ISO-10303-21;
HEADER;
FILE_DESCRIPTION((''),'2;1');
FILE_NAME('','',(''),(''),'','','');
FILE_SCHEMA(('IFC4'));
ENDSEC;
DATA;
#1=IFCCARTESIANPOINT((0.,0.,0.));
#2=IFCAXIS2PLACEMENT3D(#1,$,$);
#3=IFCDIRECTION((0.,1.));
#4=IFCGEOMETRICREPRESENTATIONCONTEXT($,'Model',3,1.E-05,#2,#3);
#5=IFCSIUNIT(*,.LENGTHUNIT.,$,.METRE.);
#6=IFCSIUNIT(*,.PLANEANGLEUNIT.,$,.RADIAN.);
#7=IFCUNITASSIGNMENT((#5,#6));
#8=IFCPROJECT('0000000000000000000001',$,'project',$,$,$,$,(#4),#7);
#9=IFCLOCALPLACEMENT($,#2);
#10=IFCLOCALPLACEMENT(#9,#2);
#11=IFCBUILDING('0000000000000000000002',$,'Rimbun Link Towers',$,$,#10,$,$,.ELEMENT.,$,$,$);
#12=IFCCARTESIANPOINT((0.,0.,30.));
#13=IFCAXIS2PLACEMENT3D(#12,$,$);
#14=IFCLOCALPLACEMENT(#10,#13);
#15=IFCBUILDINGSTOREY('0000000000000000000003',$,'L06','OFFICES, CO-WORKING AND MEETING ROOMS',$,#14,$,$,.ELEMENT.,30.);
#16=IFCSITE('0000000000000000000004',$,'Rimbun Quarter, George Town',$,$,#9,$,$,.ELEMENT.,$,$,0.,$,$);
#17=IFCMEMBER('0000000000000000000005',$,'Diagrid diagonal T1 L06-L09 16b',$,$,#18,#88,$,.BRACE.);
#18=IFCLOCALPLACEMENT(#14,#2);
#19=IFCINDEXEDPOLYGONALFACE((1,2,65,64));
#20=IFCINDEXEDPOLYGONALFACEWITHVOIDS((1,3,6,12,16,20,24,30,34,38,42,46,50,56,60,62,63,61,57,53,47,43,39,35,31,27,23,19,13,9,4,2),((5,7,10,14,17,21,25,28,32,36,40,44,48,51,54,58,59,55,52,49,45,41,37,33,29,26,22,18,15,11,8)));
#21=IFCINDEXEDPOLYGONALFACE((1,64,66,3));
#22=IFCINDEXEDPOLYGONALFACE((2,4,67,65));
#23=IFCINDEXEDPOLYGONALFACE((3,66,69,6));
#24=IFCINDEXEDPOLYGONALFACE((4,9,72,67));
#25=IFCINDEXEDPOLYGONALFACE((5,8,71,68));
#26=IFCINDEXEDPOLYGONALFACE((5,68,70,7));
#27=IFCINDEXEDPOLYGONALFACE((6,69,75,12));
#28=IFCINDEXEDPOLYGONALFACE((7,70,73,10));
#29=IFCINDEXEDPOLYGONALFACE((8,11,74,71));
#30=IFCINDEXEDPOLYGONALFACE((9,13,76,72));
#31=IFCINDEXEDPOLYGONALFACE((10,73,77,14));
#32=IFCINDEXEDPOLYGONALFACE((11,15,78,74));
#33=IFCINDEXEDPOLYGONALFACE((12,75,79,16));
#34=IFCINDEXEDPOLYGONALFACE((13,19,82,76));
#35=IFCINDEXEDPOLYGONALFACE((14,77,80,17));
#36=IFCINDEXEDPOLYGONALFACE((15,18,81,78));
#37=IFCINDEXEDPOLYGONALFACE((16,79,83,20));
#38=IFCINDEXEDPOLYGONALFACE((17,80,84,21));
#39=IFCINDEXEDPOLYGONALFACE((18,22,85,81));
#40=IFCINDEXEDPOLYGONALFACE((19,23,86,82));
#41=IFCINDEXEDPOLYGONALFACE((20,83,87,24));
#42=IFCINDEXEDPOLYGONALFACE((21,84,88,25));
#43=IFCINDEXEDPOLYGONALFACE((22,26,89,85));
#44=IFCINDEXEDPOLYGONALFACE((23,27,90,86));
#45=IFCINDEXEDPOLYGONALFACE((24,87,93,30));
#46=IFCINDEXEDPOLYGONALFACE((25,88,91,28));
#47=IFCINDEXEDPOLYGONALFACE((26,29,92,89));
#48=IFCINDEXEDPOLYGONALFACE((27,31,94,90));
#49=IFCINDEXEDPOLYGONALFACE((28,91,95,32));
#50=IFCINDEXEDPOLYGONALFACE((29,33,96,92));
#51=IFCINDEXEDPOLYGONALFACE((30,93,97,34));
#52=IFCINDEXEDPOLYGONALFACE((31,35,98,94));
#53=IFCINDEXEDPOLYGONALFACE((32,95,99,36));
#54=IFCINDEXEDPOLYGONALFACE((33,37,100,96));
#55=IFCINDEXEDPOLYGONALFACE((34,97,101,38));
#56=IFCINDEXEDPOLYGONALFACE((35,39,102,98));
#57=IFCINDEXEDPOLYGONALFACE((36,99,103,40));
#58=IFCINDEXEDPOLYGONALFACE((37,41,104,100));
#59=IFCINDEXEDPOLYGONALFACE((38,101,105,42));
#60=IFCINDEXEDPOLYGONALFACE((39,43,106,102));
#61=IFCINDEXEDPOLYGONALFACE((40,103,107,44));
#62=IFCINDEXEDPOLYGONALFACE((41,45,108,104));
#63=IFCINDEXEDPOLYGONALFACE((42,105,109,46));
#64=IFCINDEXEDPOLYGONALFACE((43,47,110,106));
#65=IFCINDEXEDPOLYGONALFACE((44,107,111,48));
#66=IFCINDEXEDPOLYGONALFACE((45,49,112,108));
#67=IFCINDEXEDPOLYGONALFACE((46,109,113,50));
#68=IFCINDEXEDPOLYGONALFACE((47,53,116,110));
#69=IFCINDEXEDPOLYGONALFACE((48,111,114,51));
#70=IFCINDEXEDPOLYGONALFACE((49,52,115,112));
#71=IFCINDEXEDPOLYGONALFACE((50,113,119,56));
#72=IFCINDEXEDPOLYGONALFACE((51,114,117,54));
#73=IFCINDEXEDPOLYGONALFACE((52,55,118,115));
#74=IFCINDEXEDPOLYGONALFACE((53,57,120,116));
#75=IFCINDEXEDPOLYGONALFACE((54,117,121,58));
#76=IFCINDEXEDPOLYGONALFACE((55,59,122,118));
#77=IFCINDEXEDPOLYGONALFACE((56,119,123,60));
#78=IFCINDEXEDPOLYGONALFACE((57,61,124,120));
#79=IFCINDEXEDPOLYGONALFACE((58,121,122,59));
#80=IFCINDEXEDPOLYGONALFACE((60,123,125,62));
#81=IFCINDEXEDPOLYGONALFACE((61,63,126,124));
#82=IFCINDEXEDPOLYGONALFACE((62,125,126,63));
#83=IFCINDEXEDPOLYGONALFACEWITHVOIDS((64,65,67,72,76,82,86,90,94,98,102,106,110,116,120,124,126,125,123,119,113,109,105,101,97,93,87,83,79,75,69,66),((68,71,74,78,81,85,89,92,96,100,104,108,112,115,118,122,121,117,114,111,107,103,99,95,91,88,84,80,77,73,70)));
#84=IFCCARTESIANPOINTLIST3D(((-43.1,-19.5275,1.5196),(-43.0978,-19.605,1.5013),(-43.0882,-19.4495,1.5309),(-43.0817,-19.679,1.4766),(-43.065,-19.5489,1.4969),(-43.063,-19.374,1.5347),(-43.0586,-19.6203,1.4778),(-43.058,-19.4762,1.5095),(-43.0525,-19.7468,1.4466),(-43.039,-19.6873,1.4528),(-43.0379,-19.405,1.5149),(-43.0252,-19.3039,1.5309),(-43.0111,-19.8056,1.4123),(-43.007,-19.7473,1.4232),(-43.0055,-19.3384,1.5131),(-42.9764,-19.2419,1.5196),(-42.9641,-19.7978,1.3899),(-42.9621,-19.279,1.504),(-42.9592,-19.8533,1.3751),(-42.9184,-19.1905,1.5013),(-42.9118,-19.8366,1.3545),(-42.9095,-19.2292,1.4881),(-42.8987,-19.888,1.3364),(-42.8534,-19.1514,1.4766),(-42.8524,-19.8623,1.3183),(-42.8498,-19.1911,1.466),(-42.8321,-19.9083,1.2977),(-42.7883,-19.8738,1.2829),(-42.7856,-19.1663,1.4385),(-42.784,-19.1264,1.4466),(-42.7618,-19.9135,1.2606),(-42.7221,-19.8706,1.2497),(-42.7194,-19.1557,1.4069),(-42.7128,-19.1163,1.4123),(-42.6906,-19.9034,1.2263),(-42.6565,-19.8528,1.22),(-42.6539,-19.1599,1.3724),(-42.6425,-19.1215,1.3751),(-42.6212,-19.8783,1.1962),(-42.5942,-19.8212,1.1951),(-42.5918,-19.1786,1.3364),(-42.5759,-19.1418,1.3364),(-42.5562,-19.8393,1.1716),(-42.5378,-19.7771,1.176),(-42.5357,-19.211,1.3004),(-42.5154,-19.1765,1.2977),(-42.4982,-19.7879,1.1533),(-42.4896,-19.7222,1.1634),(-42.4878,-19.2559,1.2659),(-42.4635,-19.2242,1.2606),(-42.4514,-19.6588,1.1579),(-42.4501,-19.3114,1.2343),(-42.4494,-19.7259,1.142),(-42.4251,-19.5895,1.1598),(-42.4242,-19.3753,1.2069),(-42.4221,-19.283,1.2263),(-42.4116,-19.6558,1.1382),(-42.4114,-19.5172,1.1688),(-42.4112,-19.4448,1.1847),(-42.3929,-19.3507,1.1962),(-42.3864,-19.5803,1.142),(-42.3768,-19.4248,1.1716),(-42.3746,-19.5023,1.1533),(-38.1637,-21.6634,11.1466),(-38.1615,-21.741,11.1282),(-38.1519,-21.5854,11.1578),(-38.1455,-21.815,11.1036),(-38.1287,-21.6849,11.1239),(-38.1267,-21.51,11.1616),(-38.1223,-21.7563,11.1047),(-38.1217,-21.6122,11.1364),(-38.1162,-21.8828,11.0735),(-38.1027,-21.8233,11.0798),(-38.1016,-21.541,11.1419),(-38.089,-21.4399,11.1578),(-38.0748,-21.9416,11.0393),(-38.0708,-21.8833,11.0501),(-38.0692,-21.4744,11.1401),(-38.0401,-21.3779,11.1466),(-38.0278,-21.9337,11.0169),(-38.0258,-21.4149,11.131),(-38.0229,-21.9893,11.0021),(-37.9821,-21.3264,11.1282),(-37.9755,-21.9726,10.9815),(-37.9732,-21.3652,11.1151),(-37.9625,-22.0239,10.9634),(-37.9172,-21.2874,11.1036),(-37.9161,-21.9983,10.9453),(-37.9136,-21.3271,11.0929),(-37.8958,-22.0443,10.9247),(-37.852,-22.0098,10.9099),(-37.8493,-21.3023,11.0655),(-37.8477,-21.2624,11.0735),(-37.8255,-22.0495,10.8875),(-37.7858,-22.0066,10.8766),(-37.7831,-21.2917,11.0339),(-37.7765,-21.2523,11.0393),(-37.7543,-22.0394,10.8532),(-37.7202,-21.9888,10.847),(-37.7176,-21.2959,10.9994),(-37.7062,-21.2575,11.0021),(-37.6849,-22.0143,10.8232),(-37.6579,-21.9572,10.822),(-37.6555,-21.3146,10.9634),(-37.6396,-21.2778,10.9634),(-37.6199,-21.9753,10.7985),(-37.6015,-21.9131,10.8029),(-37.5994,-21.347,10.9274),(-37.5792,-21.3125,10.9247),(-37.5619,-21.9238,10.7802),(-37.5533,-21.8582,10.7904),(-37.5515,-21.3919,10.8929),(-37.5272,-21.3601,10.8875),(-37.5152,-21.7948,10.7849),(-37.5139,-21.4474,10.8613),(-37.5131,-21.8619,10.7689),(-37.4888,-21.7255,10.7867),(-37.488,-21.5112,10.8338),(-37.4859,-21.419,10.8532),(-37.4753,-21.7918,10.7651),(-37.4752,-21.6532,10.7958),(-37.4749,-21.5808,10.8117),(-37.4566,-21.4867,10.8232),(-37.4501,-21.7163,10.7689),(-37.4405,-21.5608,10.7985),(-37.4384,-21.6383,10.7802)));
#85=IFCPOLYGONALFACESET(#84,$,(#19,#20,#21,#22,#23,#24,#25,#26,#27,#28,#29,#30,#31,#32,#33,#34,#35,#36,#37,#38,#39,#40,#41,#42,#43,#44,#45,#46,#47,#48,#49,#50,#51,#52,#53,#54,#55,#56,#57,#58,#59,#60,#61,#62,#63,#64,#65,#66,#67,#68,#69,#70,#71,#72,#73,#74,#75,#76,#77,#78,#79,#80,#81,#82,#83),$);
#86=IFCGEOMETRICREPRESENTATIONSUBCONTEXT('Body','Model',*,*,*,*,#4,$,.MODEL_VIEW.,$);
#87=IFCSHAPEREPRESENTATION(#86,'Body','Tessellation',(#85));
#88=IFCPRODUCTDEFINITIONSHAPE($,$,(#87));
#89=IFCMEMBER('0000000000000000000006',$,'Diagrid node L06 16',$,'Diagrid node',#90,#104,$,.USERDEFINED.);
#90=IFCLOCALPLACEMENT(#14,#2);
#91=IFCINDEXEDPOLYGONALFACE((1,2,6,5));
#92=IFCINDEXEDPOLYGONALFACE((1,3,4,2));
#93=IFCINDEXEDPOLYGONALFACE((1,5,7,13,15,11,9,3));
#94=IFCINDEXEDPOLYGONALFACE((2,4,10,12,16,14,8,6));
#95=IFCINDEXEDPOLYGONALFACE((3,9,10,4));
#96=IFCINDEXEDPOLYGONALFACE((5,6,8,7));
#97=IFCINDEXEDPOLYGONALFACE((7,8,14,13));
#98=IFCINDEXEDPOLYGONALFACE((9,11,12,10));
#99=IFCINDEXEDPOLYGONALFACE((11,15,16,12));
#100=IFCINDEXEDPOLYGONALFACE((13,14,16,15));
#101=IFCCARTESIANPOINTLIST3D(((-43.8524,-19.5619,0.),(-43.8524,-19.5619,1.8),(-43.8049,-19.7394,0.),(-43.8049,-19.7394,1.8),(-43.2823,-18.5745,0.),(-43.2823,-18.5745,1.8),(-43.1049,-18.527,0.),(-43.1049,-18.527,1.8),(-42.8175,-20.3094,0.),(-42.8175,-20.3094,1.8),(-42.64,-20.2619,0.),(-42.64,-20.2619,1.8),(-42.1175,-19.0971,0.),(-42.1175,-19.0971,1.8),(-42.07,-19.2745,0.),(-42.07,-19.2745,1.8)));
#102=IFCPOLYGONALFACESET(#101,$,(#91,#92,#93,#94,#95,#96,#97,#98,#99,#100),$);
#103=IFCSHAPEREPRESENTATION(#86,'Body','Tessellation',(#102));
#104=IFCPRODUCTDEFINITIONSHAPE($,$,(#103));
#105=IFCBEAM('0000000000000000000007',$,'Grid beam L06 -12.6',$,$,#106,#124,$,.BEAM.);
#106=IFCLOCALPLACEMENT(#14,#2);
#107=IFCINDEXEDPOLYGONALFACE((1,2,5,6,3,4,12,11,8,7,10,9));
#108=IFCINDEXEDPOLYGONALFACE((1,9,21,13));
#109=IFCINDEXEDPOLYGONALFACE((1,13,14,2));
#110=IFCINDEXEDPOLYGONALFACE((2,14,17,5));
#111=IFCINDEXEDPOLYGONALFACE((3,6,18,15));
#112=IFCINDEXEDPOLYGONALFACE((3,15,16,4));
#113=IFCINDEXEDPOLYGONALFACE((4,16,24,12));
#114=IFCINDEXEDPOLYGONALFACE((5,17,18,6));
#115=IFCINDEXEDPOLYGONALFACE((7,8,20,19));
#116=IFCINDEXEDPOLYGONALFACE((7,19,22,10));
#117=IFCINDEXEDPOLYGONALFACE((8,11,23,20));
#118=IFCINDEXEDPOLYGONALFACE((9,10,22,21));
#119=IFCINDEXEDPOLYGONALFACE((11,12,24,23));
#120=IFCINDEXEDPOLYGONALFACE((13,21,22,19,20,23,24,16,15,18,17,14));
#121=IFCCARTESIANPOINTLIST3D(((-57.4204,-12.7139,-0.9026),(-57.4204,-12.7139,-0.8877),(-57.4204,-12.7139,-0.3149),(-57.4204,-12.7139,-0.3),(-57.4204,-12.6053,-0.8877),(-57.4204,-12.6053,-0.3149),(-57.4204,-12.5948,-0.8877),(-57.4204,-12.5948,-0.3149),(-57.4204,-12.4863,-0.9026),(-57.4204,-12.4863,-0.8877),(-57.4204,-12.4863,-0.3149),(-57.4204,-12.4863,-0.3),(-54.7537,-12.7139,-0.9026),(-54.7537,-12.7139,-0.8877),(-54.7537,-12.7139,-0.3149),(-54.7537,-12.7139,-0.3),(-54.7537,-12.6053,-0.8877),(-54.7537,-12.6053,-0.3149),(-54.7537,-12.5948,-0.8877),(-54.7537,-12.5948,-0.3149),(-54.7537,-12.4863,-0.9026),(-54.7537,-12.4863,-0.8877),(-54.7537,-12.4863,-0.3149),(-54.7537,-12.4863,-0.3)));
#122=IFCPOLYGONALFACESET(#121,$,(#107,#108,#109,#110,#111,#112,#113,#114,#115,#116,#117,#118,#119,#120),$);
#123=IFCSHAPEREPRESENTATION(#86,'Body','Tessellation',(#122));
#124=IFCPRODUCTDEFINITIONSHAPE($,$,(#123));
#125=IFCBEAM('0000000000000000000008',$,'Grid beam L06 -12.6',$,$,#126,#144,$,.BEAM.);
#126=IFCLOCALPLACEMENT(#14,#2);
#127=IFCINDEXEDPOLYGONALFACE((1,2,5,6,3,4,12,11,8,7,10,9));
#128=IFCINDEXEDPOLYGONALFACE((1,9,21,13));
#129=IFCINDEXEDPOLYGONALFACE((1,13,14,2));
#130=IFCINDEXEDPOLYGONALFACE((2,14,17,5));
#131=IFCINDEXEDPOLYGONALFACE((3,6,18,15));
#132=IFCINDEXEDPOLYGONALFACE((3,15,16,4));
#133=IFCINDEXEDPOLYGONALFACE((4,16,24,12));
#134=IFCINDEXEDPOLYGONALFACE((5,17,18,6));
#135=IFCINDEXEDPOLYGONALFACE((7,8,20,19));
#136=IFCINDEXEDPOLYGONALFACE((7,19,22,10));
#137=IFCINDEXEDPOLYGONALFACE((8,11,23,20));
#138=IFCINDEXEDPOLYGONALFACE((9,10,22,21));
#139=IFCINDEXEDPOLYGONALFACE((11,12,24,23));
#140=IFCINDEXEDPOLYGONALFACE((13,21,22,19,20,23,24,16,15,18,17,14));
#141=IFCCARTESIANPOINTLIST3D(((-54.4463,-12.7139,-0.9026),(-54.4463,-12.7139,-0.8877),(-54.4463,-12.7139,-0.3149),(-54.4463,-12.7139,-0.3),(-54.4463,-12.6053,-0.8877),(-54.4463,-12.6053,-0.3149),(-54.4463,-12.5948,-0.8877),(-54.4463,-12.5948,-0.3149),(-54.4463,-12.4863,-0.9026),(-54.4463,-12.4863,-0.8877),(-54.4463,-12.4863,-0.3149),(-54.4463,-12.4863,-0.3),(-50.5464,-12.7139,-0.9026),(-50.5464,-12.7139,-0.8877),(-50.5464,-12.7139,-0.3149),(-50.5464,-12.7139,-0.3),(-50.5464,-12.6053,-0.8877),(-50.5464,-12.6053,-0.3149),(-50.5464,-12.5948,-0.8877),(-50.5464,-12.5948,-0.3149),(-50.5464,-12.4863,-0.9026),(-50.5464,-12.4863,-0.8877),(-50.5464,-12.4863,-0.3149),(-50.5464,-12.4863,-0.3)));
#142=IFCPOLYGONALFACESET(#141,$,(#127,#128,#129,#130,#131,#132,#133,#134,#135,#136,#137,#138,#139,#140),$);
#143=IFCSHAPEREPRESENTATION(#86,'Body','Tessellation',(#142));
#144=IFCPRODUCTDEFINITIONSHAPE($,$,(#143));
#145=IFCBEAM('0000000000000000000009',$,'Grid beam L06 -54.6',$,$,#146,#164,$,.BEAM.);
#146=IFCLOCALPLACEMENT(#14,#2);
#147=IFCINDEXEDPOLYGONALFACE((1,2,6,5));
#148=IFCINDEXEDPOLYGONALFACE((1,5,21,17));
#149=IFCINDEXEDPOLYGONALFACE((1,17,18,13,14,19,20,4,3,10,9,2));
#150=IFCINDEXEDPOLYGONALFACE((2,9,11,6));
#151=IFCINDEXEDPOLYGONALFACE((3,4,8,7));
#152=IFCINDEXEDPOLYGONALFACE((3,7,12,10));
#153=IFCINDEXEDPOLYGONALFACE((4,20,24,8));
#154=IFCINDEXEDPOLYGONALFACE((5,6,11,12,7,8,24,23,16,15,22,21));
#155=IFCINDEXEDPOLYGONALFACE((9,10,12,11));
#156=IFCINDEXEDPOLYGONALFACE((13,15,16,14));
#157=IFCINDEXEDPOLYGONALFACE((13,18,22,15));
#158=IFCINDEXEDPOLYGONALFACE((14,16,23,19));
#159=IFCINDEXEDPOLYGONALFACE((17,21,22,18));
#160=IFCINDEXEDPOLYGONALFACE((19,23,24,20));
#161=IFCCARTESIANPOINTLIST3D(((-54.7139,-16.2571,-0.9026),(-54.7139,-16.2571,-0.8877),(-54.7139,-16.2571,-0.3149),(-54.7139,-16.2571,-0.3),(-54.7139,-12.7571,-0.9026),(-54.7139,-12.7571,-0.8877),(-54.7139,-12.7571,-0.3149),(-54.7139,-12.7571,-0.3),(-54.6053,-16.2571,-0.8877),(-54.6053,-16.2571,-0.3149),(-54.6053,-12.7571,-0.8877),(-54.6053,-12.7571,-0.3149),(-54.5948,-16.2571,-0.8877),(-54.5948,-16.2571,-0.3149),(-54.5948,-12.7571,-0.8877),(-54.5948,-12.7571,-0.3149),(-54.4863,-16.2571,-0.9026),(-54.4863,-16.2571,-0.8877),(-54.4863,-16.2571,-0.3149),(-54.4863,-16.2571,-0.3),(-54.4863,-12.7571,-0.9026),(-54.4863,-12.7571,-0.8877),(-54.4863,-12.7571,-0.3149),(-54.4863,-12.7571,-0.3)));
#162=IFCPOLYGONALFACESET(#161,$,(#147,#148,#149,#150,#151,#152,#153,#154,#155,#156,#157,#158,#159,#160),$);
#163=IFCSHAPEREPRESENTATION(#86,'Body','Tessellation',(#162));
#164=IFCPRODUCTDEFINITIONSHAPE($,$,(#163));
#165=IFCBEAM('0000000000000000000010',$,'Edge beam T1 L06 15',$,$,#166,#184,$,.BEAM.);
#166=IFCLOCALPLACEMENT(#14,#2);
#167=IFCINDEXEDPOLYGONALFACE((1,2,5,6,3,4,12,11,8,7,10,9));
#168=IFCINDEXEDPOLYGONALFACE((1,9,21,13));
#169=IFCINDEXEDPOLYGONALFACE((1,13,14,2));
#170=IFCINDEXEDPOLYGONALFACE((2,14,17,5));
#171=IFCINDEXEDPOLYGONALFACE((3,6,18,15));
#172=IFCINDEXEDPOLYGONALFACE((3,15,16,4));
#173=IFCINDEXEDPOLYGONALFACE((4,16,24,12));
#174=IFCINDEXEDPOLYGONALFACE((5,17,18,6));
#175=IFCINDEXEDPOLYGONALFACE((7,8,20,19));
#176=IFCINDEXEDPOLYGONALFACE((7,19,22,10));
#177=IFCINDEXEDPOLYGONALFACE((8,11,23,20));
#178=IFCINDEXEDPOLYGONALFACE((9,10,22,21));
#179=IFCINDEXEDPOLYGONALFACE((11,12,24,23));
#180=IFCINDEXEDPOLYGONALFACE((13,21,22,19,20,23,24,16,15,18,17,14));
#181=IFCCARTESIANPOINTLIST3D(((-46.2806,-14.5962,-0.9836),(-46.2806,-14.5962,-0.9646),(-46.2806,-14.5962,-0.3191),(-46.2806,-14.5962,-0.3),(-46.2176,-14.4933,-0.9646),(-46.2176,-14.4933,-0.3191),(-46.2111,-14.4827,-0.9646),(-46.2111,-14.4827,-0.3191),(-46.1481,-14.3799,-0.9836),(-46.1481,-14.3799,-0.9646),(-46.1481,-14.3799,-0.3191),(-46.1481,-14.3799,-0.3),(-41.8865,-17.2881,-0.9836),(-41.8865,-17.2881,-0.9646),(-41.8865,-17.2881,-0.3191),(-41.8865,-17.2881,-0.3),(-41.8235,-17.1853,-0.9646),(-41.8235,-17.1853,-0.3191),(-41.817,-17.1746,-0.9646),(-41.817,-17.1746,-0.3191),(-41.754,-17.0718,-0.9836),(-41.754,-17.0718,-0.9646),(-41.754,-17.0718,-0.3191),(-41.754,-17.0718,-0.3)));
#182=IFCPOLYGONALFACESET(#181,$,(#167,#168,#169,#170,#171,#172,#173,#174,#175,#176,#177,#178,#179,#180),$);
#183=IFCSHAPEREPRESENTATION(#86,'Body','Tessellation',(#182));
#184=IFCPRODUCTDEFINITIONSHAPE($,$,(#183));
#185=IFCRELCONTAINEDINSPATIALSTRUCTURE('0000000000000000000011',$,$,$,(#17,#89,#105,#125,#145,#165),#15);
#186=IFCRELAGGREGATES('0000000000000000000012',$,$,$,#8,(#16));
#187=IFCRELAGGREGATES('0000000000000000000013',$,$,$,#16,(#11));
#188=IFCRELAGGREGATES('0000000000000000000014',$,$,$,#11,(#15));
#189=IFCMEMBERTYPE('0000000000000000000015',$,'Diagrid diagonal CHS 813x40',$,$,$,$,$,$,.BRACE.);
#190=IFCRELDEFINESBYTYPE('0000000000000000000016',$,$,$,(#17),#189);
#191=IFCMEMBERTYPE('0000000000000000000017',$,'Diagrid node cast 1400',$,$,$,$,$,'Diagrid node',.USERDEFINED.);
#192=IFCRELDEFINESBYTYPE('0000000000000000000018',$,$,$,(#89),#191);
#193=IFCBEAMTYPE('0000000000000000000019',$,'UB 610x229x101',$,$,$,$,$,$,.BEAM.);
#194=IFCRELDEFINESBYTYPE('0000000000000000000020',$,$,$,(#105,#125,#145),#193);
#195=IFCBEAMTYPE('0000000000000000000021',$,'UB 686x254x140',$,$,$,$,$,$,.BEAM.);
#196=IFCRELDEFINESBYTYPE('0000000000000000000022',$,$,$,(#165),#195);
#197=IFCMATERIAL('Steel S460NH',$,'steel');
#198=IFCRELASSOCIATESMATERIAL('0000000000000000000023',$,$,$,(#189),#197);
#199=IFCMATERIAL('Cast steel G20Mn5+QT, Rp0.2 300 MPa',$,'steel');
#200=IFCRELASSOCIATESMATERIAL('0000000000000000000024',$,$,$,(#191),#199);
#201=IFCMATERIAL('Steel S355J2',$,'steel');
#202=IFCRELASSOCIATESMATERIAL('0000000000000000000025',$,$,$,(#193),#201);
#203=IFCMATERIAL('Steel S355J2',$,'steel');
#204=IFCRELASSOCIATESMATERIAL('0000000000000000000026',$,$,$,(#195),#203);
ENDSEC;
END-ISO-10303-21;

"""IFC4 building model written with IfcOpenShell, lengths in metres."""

from ifc_helpers import new_model, si_unit, direction, frame, origin, origin_2d, place, context, subcontext, project, spatial, polyline, hollow_circle, i_section, outline, extrude, material, material_profile, profile_set, type_object, element, save


model = new_model("IFC4")

# Units and contexts
model_context = context("Model", 3, precision=1e-05, world=origin(), true_north=direction((0.0, 1.0)))
body_context = subcontext(model_context, "Body", "Model", "MODEL_VIEW")
ifc_project = project(units=[si_unit("LENGTHUNIT", "METRE"), si_unit("PLANEANGLEUNIT", "RADIAN")], contexts=[model_context])

# Site, building, storey
site_placement = place(None, origin())
site = spatial("IfcSite", under=ifc_project, at=site_placement, Name="Rimbun Quarter, George Town", CompositionType="ELEMENT", RefElevation=0.0)
building_placement = place(site_placement, origin())
building = spatial("IfcBuilding", under=site, at=building_placement, Name="Rimbun Link Towers", CompositionType="ELEMENT")
storey_placement = place(building_placement, frame((0.0, 0.0, 30.0)))
storey = spatial("IfcBuildingStorey", under=building, at=storey_placement, Name="L06", Description="OFFICES, CO-WORKING AND MEETING ROOMS", CompositionType="ELEMENT", Elevation=30.0)

# Members
ifc_material_1 = material(Name="Steel S460NH", Category="steel")
ifc_material_profile_1 = material_profile(ifc_material_1, hollow_circle(Radius=0.4065, WallThickness=0.04, at=origin_2d()), Name="Diagrid diagonal CHS 813x40")
ifc_profile_set_1 = profile_set([ifc_material_profile_1], Name="Steel S460NH")
member_type_1 = type_object("IfcMemberType", Name="Diagrid diagonal CHS 813x40", PredefinedType="BRACE", material=ifc_profile_set_1)
member_1_placement = place(storey_placement, frame((-42.7373, -19.5149, 1.3364), z_axis=(0.44763, -0.193695, 0.872989), x_axis=(0.397127, 0.917764, 0.0)))
element("IfcMember", 1, at=member_1_placement, inside=storey, type_object=member_type_1, Name="Diagrid diagonal T1 L06-L09 16b", PredefinedType="BRACE", context=body_context, shape_type="SweptSolid", body=[
    extrude(hollow_circle(Radius=0.4065, WallThickness=0.04, at=origin_2d()), origin(), (0.0, 0.0, 1.0), 11.0276),
])
ifc_material_2 = material(Name="Cast steel G20Mn5+QT, Rp0.2 300 MPa", Category="steel")
ifc_material_profile_2 = material_profile(ifc_material_2, outline(polyline([(0.7, -0.5701), (0.7, 0.5701), (0.5701, 0.7), (-0.5701, 0.7), (-0.7, 0.5701), (-0.7, -0.5701), (-0.5701, -0.7), (0.5701, -0.7), (0.7, -0.5701)])), Name="NODE 1400x1400")
ifc_profile_set_2 = profile_set([ifc_material_profile_2], Name="Cast steel G20Mn5+QT, Rp0.2 300 MPa")
member_type_2 = type_object("IfcMemberType", Name="Diagrid node cast 1400", ElementType="Diagrid node", PredefinedType="USERDEFINED", material=ifc_profile_set_2)
member_2_placement = place(storey_placement, frame((-42.9612, -19.4182, 0.0), z_axis=(0.0, 0.0, 1.0), x_axis=(-0.5, -0.866025, 0.0)))
element("IfcMember", 2, at=member_2_placement, inside=storey, type_object=member_type_2, Name="Diagrid node L06 16", ObjectType="Diagrid node", PredefinedType="USERDEFINED", context=body_context, shape_type="SweptSolid", body=[
    extrude(outline(polyline([(0.7, -0.5701), (0.7, 0.5701), (0.5701, 0.7), (-0.5701, 0.7), (-0.7, 0.5701), (-0.7, -0.5701), (-0.5701, -0.7), (0.5701, -0.7), (0.7, -0.5701)])), origin(), (0.0, 0.0, 1.0), 1.8),
])

# Beams
ifc_material_3 = material(Name="Steel S355J2", Category="steel")
ifc_material_profile_3 = material_profile(ifc_material_3, i_section(OverallWidth=0.2275, OverallDepth=0.6025, WebThickness=0.0105, FlangeThickness=0.0149, at=origin_2d()), Name="UB 610x229x101")
ifc_profile_set_3 = profile_set([ifc_material_profile_3], Name="Steel S355J2")
beam_type_1 = type_object("IfcBeamType", Name="UB 610x229x101", PredefinedType="BEAM", material=ifc_profile_set_3)
beam_1_placement = place(storey_placement, frame((-57.4204, -12.6001, -0.6013), z_axis=(1.0, 0.0, 0.0), x_axis=(0.0, 1.0, 0.0)))
element("IfcBeam", 3, at=beam_1_placement, inside=storey, type_object=beam_type_1, Name="Grid beam L06 -12.6", PredefinedType="BEAM", context=body_context, shape_type="SweptSolid", body=[
    extrude(i_section(OverallWidth=0.2275, OverallDepth=0.6025, WebThickness=0.0105, FlangeThickness=0.0149, at=origin_2d()), origin(), (0.0, 0.0, 1.0), 2.6667),
])
beam_2_placement = place(storey_placement, frame((-54.4463, -12.6001, -0.6013), z_axis=(1.0, 0.0, 0.0), x_axis=(0.0, 1.0, 0.0)))
element("IfcBeam", 4, at=beam_2_placement, inside=storey, type_object=beam_type_1, Name="Grid beam L06 -12.6", PredefinedType="BEAM", context=body_context, shape_type="SweptSolid", body=[
    extrude(i_section(OverallWidth=0.2275, OverallDepth=0.6025, WebThickness=0.0105, FlangeThickness=0.0149, at=origin_2d()), origin(), (0.0, 0.0, 1.0), 3.8999),
])
beam_3_placement = place(storey_placement, frame((-54.6001, -16.2571, -0.6013), z_axis=(0.0, 1.0, 0.0), x_axis=(-1.0, 0.0, 0.0)))
element("IfcBeam", 5, at=beam_3_placement, inside=storey, type_object=beam_type_1, Name="Grid beam L06 -54.6", PredefinedType="BEAM", context=body_context, shape_type="SweptSolid", body=[
    extrude(i_section(OverallWidth=0.2275, OverallDepth=0.6025, WebThickness=0.0105, FlangeThickness=0.0149, at=origin_2d()), origin(), (0.0, 0.0, 1.0), 3.5),
])
ifc_material_4 = material(Name="Steel S355J2", Category="steel")
ifc_material_profile_4 = material_profile(ifc_material_4, i_section(OverallWidth=0.2537, OverallDepth=0.6836, WebThickness=0.0125, FlangeThickness=0.019, at=origin_2d()), Name="UB 686x254x140")
ifc_profile_set_4 = profile_set([ifc_material_profile_4], Name="Steel S355J2")
beam_type_2 = type_object("IfcBeamType", Name="UB 686x254x140", PredefinedType="BEAM", material=ifc_profile_set_4)
beam_4_placement = place(storey_placement, frame((-46.2144, -14.488, -0.6418), z_axis=(0.852707, -0.522389, 0.0), x_axis=(0.522389, 0.852707, 0.0)))
element("IfcBeam", 6, at=beam_4_placement, inside=storey, type_object=beam_type_2, Name="Edge beam T1 L06 15", PredefinedType="BEAM", context=body_context, shape_type="SweptSolid", body=[
    extrude(i_section(OverallWidth=0.2537, OverallDepth=0.6836, WebThickness=0.0125, FlangeThickness=0.019, at=origin_2d()), origin(), (0.0, 0.0, 1.0), 5.1531),
])

save(model, "model.ifc")
